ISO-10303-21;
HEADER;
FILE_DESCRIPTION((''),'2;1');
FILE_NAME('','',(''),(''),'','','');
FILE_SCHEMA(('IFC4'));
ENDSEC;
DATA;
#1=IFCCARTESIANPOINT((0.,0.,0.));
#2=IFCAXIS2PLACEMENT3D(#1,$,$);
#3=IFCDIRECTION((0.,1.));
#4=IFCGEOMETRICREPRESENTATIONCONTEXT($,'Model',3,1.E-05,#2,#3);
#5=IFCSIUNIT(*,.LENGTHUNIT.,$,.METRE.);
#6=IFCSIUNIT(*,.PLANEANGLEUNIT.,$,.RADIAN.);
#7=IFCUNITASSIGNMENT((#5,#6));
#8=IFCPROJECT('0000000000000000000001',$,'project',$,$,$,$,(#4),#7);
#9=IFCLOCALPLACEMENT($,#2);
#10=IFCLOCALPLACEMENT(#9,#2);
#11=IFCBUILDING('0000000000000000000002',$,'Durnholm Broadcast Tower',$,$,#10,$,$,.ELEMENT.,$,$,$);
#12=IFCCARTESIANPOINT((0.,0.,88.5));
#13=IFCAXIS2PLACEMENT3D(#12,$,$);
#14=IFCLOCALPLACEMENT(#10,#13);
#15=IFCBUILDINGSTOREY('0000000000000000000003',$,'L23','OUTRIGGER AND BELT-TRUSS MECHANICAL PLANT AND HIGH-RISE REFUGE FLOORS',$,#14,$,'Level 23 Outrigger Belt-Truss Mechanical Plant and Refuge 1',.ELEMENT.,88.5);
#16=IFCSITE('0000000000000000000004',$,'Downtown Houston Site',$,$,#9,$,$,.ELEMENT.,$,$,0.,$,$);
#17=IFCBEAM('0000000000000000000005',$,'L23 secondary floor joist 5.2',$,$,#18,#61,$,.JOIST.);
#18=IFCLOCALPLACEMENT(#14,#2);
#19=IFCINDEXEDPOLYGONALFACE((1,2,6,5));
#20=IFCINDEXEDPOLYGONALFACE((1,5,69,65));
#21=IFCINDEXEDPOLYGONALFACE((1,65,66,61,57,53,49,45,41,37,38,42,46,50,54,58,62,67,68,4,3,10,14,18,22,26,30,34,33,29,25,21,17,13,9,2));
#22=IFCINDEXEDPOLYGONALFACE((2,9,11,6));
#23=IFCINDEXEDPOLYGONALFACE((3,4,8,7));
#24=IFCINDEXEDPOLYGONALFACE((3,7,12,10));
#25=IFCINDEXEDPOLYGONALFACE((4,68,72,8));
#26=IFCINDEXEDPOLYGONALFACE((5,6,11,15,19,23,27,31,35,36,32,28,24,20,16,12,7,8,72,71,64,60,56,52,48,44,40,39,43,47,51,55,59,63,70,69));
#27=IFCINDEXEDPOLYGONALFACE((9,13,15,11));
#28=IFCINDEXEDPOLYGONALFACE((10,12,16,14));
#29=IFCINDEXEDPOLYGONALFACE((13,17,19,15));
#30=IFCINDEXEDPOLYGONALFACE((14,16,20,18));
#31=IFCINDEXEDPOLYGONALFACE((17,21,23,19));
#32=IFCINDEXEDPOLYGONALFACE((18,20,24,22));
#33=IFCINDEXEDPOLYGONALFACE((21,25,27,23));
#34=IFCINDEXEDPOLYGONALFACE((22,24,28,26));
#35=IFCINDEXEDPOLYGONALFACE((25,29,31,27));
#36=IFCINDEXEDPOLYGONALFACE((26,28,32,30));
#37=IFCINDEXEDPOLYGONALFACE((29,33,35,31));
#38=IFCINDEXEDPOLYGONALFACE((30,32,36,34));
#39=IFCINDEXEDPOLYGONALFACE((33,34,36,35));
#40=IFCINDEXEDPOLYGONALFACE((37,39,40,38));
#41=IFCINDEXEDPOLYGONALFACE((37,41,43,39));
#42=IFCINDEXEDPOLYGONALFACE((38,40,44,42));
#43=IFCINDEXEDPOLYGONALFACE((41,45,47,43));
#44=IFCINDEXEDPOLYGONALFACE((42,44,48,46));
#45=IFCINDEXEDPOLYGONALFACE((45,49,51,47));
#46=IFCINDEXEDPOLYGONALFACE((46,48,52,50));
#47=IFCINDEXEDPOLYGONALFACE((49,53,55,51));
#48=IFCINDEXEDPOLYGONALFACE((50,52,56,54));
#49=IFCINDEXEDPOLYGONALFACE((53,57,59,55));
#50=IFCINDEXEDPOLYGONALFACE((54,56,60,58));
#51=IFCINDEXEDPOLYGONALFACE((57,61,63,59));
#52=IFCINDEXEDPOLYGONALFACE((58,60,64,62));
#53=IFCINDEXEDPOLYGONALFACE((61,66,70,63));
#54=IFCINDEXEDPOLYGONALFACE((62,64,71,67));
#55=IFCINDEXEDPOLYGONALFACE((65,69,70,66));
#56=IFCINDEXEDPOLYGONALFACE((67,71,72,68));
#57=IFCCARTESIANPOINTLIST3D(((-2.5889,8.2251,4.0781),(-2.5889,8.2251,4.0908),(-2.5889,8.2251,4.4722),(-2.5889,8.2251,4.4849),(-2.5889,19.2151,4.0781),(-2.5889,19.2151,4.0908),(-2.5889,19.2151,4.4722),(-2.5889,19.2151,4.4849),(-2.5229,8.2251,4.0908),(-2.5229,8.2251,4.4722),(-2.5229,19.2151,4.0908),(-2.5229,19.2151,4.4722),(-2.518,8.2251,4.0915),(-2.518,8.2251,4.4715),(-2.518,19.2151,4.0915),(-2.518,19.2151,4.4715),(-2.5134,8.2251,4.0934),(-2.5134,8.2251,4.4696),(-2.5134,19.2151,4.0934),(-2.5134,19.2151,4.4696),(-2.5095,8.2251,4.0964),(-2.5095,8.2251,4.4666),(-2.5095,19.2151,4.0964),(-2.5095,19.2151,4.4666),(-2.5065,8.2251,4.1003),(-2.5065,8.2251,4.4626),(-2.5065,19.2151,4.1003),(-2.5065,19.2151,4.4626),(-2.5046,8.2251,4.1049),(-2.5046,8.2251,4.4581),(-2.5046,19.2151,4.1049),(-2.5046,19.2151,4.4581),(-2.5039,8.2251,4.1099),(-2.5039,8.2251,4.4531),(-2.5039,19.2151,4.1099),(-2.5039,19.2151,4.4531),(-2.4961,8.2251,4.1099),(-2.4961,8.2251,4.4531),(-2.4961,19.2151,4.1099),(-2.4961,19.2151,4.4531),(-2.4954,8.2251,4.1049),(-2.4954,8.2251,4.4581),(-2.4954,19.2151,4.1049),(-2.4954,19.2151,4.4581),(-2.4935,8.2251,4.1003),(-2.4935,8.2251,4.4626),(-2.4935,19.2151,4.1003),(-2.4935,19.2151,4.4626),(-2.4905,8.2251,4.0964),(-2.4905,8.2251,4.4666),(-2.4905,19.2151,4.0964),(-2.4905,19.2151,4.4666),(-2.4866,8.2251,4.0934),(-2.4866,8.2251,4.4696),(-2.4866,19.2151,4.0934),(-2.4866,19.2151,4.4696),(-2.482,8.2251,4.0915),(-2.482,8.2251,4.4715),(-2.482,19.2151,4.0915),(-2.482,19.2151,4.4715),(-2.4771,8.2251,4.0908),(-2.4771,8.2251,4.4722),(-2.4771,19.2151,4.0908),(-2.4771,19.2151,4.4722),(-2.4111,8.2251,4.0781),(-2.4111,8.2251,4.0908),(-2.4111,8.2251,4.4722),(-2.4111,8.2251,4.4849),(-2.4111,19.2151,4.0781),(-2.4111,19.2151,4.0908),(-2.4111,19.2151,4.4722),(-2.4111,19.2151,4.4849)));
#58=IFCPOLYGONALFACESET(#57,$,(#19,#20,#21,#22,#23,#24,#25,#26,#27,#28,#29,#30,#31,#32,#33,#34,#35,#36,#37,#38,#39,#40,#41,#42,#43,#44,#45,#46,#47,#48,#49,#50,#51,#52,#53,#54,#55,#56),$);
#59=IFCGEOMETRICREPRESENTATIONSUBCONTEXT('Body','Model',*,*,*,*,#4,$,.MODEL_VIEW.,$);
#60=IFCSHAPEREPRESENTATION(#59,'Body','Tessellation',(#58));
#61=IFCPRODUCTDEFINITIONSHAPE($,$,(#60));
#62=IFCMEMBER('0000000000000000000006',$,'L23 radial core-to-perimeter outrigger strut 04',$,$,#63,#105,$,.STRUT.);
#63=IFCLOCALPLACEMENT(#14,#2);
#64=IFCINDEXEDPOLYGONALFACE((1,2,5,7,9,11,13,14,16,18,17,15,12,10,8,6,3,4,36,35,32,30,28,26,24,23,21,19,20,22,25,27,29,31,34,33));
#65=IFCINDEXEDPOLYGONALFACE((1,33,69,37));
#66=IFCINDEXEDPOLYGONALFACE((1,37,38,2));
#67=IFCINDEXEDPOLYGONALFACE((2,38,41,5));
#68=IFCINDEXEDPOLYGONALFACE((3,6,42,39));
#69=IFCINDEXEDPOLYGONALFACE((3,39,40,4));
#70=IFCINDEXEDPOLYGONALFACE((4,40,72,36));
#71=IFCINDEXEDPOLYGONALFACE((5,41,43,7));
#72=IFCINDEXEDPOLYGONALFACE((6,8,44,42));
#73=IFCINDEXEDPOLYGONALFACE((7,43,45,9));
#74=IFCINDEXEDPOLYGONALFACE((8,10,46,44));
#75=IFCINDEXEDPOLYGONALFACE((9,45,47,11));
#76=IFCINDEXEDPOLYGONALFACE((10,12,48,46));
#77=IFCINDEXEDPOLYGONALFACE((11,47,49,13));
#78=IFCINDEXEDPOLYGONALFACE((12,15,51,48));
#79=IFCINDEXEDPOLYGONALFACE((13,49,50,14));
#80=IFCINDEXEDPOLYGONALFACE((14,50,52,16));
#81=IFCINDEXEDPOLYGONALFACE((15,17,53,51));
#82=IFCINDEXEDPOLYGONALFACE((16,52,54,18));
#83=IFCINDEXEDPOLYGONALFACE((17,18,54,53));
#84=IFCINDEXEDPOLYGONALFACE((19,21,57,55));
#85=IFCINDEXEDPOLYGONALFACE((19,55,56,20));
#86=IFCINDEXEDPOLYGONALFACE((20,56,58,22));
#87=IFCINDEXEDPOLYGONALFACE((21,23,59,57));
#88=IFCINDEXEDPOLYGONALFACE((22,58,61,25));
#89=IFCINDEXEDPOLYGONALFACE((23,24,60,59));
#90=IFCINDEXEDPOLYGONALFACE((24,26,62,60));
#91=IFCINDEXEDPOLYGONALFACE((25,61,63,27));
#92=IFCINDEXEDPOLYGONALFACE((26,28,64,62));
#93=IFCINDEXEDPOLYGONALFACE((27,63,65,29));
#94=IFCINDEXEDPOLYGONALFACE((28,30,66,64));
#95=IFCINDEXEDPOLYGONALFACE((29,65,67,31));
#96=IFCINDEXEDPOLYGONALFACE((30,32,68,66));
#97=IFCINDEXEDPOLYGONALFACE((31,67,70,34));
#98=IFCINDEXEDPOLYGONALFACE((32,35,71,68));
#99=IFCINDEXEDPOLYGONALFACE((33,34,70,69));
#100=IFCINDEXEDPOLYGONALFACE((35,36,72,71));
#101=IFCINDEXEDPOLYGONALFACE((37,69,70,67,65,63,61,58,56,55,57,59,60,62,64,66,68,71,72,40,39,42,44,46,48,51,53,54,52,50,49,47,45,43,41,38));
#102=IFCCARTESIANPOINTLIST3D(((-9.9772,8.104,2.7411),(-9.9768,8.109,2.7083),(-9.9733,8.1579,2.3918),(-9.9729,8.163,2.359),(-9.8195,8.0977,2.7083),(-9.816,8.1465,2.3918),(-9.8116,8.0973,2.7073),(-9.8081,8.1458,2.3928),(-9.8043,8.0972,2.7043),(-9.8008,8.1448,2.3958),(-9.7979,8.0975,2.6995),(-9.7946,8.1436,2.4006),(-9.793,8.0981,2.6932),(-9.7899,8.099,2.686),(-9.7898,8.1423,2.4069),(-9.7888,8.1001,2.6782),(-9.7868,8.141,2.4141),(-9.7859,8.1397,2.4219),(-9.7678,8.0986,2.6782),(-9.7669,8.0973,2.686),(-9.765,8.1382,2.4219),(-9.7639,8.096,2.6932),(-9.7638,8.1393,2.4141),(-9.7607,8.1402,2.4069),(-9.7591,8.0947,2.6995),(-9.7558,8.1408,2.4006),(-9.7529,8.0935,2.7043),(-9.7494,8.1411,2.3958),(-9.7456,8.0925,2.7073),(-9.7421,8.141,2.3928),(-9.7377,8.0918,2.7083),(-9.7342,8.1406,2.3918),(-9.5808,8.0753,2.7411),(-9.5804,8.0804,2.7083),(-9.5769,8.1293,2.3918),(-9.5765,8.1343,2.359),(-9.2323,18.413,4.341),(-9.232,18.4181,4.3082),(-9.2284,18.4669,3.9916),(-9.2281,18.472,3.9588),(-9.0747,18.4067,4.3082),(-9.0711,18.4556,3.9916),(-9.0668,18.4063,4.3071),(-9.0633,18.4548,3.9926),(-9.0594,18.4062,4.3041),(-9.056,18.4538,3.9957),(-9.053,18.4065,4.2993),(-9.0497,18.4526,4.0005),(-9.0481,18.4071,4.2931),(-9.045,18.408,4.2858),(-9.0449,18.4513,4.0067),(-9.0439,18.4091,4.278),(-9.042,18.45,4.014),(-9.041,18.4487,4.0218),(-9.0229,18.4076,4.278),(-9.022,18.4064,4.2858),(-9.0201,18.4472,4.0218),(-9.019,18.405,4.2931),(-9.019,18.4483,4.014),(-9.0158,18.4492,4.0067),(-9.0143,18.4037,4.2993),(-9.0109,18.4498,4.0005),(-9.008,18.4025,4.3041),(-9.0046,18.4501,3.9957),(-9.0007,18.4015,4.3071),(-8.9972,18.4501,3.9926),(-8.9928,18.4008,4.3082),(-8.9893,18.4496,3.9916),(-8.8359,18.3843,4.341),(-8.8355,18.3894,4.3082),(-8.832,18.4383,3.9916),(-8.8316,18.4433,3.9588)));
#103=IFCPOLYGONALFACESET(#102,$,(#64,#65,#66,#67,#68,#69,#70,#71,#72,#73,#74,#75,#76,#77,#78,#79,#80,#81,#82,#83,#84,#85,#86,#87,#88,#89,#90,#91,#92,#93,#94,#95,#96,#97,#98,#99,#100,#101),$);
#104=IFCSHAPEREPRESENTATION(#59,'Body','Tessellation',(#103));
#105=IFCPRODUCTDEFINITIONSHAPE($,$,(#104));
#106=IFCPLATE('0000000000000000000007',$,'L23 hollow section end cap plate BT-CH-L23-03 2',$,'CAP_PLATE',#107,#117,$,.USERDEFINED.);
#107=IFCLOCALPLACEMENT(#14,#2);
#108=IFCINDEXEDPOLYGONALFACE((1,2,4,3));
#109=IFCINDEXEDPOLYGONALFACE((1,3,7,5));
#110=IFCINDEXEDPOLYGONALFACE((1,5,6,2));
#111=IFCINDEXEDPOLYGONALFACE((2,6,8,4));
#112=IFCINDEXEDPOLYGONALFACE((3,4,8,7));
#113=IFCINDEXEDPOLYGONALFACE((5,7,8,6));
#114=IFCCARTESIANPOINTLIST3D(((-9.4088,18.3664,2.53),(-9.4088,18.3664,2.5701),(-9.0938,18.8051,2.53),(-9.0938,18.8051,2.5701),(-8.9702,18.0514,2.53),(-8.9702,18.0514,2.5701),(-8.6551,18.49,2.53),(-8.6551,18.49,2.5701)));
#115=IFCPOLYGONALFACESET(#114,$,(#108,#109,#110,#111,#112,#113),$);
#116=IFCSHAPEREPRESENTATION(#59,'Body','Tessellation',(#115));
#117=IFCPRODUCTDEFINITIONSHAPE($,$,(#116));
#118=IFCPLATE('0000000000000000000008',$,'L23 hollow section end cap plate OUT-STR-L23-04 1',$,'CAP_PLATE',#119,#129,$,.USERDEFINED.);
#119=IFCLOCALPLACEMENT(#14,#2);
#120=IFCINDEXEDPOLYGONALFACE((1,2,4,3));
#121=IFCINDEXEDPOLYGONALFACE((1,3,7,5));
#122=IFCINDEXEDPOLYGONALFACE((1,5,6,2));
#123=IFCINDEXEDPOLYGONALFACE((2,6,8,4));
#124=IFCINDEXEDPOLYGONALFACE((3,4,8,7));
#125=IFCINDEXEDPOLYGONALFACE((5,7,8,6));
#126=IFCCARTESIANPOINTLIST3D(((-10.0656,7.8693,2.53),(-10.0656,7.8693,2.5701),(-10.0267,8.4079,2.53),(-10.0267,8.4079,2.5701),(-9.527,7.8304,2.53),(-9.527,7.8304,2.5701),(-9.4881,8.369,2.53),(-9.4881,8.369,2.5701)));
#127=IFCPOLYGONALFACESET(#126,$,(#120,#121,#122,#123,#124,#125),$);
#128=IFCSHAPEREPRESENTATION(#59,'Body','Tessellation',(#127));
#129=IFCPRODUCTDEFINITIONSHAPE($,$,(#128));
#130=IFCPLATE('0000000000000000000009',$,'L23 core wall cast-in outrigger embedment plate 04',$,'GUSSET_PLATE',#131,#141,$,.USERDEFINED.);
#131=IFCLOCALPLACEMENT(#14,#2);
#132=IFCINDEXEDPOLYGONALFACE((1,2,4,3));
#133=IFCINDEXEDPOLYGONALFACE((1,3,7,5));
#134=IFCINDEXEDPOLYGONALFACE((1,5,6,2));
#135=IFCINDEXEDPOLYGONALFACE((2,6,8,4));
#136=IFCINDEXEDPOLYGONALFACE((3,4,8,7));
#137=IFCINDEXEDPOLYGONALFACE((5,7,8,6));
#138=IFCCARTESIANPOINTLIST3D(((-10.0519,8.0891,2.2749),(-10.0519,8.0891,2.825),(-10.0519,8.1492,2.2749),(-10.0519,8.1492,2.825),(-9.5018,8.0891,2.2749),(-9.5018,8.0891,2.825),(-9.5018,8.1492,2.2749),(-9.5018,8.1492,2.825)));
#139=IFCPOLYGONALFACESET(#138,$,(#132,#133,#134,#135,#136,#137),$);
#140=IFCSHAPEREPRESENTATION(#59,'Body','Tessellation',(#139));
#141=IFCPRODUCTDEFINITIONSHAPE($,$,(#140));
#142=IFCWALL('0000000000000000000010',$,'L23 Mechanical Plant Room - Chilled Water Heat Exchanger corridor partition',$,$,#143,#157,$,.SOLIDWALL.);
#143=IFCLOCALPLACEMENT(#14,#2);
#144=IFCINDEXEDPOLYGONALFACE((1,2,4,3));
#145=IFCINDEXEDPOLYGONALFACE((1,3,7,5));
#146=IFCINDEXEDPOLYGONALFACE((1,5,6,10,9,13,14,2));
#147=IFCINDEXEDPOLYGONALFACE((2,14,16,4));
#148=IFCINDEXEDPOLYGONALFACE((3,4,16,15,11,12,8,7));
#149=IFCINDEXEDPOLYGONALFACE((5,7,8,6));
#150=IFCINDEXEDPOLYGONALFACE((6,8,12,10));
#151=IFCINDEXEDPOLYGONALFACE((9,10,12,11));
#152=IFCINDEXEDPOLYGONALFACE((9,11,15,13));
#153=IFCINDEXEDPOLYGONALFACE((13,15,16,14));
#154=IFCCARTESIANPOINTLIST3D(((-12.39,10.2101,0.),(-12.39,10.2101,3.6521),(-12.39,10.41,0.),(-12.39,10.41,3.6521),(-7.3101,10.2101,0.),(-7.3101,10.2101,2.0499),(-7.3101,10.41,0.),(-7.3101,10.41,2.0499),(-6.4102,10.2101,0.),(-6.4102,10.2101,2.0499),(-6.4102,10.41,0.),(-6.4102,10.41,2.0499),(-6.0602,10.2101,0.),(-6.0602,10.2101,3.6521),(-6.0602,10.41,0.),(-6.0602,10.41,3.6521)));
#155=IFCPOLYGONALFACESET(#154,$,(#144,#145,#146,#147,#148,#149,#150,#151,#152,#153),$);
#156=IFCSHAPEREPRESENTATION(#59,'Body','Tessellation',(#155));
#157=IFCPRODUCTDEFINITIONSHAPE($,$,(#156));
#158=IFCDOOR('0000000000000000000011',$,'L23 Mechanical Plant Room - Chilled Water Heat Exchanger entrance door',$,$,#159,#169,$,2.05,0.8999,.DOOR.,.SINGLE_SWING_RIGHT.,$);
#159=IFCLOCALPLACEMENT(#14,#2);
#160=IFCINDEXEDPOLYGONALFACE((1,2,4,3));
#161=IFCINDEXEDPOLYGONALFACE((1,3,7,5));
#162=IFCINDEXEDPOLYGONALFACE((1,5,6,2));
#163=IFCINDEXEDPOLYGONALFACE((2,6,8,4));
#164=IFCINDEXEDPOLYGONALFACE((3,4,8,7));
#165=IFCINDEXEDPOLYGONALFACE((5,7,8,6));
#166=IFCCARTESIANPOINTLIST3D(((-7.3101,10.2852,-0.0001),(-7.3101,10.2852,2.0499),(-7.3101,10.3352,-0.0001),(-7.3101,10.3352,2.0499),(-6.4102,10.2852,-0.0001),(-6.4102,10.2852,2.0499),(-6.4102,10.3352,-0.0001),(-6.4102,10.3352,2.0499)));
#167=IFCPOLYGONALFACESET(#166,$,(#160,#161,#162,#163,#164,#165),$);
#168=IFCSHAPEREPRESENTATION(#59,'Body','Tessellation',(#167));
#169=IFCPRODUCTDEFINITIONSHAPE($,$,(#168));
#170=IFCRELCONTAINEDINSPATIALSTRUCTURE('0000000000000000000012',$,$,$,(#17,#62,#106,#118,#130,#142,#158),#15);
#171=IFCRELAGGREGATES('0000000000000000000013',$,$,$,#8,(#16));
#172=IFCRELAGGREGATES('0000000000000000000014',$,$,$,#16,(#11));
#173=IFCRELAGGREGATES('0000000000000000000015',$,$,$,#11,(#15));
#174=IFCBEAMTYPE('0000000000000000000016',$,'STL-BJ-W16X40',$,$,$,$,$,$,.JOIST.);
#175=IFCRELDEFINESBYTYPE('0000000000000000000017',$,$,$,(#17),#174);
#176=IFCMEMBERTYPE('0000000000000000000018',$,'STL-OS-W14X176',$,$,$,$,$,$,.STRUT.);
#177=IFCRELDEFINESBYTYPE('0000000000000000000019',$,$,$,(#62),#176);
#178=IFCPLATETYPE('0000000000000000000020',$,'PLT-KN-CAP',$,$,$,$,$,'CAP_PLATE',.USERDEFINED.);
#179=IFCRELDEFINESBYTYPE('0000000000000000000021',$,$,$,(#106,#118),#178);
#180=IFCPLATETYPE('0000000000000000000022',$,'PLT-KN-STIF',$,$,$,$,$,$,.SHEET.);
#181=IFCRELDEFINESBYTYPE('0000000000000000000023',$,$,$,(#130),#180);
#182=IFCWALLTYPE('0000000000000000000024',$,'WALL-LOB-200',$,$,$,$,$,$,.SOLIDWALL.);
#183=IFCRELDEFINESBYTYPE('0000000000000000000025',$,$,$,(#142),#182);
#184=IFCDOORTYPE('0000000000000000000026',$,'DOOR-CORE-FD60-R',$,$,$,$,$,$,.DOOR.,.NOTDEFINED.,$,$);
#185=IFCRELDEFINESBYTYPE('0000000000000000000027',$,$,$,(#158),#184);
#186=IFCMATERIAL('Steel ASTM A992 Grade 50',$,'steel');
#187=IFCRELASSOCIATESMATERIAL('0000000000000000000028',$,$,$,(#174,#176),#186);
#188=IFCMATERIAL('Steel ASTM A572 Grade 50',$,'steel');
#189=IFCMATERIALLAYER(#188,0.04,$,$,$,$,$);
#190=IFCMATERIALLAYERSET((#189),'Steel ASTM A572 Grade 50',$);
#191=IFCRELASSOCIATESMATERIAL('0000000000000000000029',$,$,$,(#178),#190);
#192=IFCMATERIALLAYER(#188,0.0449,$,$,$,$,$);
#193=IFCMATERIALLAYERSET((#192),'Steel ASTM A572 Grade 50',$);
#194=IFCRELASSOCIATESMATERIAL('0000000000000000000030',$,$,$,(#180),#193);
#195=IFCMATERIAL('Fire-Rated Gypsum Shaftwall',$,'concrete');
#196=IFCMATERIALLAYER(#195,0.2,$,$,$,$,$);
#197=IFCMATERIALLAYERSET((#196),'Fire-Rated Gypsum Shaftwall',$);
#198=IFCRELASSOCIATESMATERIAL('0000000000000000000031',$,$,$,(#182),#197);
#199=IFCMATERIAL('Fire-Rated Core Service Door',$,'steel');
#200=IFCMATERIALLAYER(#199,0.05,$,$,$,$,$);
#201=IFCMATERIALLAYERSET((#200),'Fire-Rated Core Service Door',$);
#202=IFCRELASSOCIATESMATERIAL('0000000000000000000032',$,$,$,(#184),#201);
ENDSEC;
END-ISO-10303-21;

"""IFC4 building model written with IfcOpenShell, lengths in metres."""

from ifc_helpers import new_model, si_unit, direction, frame, frame_2d, origin, origin_2d, place, context, subcontext, project, spatial, rectangle, i_section, extrude, source, transform, mapped, material, layer, layer_set, material_profile, profile_set, type_object, type_shapes, element, fill, save


model = new_model("IFC4")

# Units and contexts
model_context = context("Model", 3, precision=1e-05, world=origin(), true_north=direction((0.0, 1.0)))
body_context = subcontext(model_context, "Body", "Model", "MODEL_VIEW")
ifc_project = project(units=[si_unit("LENGTHUNIT", "METRE"), si_unit("PLANEANGLEUNIT", "RADIAN")], contexts=[model_context])

# Site, building, storey
site_placement = place(None, origin())
site = spatial("IfcSite", under=ifc_project, at=site_placement, Name="Downtown Houston Site", CompositionType="ELEMENT", RefElevation=0.0)
building_placement = place(site_placement, origin())
building = spatial("IfcBuilding", under=site, at=building_placement, Name="Durnholm Broadcast Tower", CompositionType="ELEMENT")
storey_placement = place(building_placement, frame((0.0, 0.0, 88.5)))
storey = spatial("IfcBuildingStorey", under=building, at=storey_placement, Name="L23", Description="OUTRIGGER AND BELT-TRUSS MECHANICAL PLANT AND HIGH-RISE REFUGE FLOORS", LongName="Level 23 Outrigger Belt-Truss Mechanical Plant and Refuge 1", CompositionType="ELEMENT", Elevation=88.5)

# Beam
ifc_material_1 = material(Name="Steel ASTM A992 Grade 50", Category="steel")
ifc_material_profile_1 = material_profile(ifc_material_1, i_section(OverallWidth=0.1777, OverallDepth=0.4067, WebThickness=0.0078, FlangeThickness=0.0127, FilletRadius=0.019, at=origin_2d()), Name="W16X40")
ifc_profile_set_1 = profile_set([ifc_material_profile_1], Name="Steel ASTM A992 Grade 50")
beam_type_1 = type_object("IfcBeamType", Name="STL-BJ-W16X40", PredefinedType="JOIST", material=ifc_profile_set_1)
shared_shape_1 = source(origin(), body_context, "Body", "SweptSolid", [
    extrude(i_section(OverallWidth=0.1777, OverallDepth=0.4067, WebThickness=0.0078, FlangeThickness=0.0127, FilletRadius=0.019, at=origin_2d()), origin(), (0.0, 0.0, 1.0), 10.99),
])
type_shapes(beam_type_1, [shared_shape_1])
beam_1_placement = place(storey_placement, frame((-2.5, 8.2251, 4.2815), z_axis=(0.0, 1.0, 0.0), x_axis=(-1.0, 0.0, 0.0)))
element("IfcBeam", 1, at=beam_1_placement, inside=storey, type_object=beam_type_1, Name="L23 secondary floor joist 5.2", PredefinedType="JOIST", context=body_context, shape_type="MappedRepresentation", body=[
    mapped(shared_shape_1, transform((0.0, 0.0, 0.0), x_axis=(1.0, 0.0, 0.0), y_axis=(0.0, 1.0, 0.0), z_axis=(0.0, 0.0, 1.0), scale=1.0)),
])

# Member
ifc_material_profile_2 = material_profile(ifc_material_1, i_section(OverallWidth=0.3975, OverallDepth=0.3867, WebThickness=0.021, FlangeThickness=0.0332, FilletRadius=0.0305, at=origin_2d()), Name="W14X176")
ifc_profile_set_2 = profile_set([ifc_material_profile_2], Name="Steel ASTM A992 Grade 50")
member_type = type_object("IfcMemberType", Name="STL-OS-W14X176", PredefinedType="STRUT", material=ifc_profile_set_2)
shared_shape_2 = source(origin(), body_context, "Body", "SweptSolid", [
    extrude(i_section(OverallWidth=0.3975, OverallDepth=0.3867, WebThickness=0.021, FlangeThickness=0.0332, FilletRadius=0.0305, at=origin_2d()), origin(), (0.0, 0.0, 1.0), 10.459),
])
type_shapes(member_type, [shared_shape_2])
member_placement = place(storey_placement, frame((-9.7769, 8.1191, 2.55), z_axis=(0.071218, 0.985662, 0.152964), x_axis=(-0.9974, 0.072066, 0.0)))
element("IfcMember", 2, at=member_placement, inside=storey, type_object=member_type, Name="L23 radial core-to-perimeter outrigger strut 04", PredefinedType="STRUT", context=body_context, shape_type="MappedRepresentation", body=[
    mapped(shared_shape_2, transform((0.0, 0.0, 0.0), x_axis=(1.0, 0.0, 0.0), y_axis=(0.0, 1.0, 0.0), z_axis=(0.0, 0.0, 1.0), scale=1.0)),
])

# Plates
ifc_material_2 = material(Name="Steel ASTM A572 Grade 50", Category="steel")
ifc_layer_1 = layer(ifc_material_2, 0.04)
ifc_layer_set_1 = layer_set([ifc_layer_1], Name="Steel ASTM A572 Grade 50")
plate_type_1 = type_object("IfcPlateType", Name="PLT-KN-CAP", ElementType="CAP_PLATE", PredefinedType="USERDEFINED", material=ifc_layer_set_1)
shared_shape_3 = source(origin(), body_context, "Body", "SweptSolid", [
    extrude(rectangle(XDim=0.54, YDim=0.54, at=origin_2d()), origin(), (0.0, 0.0, 1.0), 0.04),
])
type_shapes(plate_type_1, [shared_shape_3])
for number, where, z_axis, x_axis, name in (
    (3, (-9.032, 18.4282, 2.53), (0.0, 0.0, 1.0), (0.583399, 0.812185, 0.0), "L23 hollow section end cap plate BT-CH-L23-03 2"),
    (4, (-9.7769, 8.1191, 2.53), (0.0, 0.0, 1.0), (0.07202, 0.997403, 0.0), "L23 hollow section end cap plate OUT-STR-L23-04 1"),
):
    element("IfcPlate", number, at=place(storey_placement, frame(where, z_axis=z_axis, x_axis=x_axis)), inside=storey, type_object=plate_type_1, Name=name, ObjectType="CAP_PLATE", PredefinedType="USERDEFINED", context=body_context, shape_type="MappedRepresentation", body=[
        mapped(shared_shape_3, transform((0.0, 0.0, 0.0), x_axis=(1.0, 0.0, 0.0), y_axis=(0.0, 1.0, 0.0), z_axis=(0.0, 0.0, 1.0), scale=1.0)),
    ])
ifc_layer_2 = layer(ifc_material_2, 0.0449)
ifc_layer_set_2 = layer_set([ifc_layer_2], Name="Steel ASTM A572 Grade 50")
plate_type_2 = type_object("IfcPlateType", Name="PLT-KN-STIF", PredefinedType="SHEET", material=ifc_layer_set_2)
shared_shape_4 = source(origin(), body_context, "Body", "SweptSolid", [
    extrude(rectangle(XDim=0.55, YDim=0.0601, at=origin_2d()), origin(), (0.0, 0.0, 1.0), 0.55),
])
type_shapes(plate_type_2, [shared_shape_4])
plate_placement = place(storey_placement, frame((-9.7769, 8.1191, 2.2749), z_axis=(0.0, 0.0, 1.0), x_axis=(1.0, 0.0, 0.0)))
element("IfcPlate", 5, at=plate_placement, inside=storey, type_object=plate_type_2, Name="L23 core wall cast-in outrigger embedment plate 04", ObjectType="GUSSET_PLATE", PredefinedType="USERDEFINED", context=body_context, shape_type="MappedRepresentation", body=[
    mapped(shared_shape_4, transform((0.0, 0.0, 0.0), x_axis=(1.0, 0.0, 0.0), y_axis=(0.0, 1.0, 0.0), z_axis=(0.0, 0.0, 1.0), scale=1.0)),
])

# Wall, opening, door
ifc_material_3 = material(Name="Fire-Rated Gypsum Shaftwall", Category="concrete")
ifc_layer_3 = layer(ifc_material_3, 0.2)
ifc_layer_set_3 = layer_set([ifc_layer_3], Name="Fire-Rated Gypsum Shaftwall")
wall_type_1 = type_object("IfcWallType", Name="WALL-LOB-200", PredefinedType="SOLIDWALL", material=ifc_layer_set_3)
wall_1_placement = place(storey_placement, frame((-6.0601, 10.3101, 0.0), z_axis=(0.0, 0.0, 1.0), x_axis=(-1.0, 0.0, 0.0)))
wall_1 = element("IfcWall", 6, at=wall_1_placement, inside=storey, type_object=wall_type_1, Name="L23 Mechanical Plant Room - Chilled Water Heat Exchanger corridor partition", PredefinedType="SOLIDWALL", context=body_context, shape_type="SweptSolid", body=[
    extrude(rectangle(XDim=6.3298, YDim=0.2, at=frame_2d((3.165, 0.0))), origin(), (0.0, 0.0, 1.0), 3.6521),
])
opening_1_placement = place(wall_1_placement, frame((0.3501, 0.0, 0.0)))
opening_1 = element("IfcOpeningElement", 7, at=opening_1_placement, cuts=wall_1, PredefinedType="OPENING", context=body_context, shape_type="SweptSolid", body=[
    extrude(rectangle(XDim=0.8999, YDim=2.05, at=frame_2d((0.45, 1.0249))), frame((0.0, 0.1099, 0.0), z_axis=(0.0, -1.0, 0.0), x_axis=(1.0, 0.0, 0.0)), (0.0, 0.0, 1.0), 0.22),
])
ifc_material_4 = material(Name="Fire-Rated Core Service Door", Category="steel")
ifc_layer_4 = layer(ifc_material_4, 0.05)
ifc_layer_set_4 = layer_set([ifc_layer_4], Name="Fire-Rated Core Service Door")
door_type_1 = type_object("IfcDoorType", Name="DOOR-CORE-FD60-R", OperationType="NOTDEFINED", PredefinedType="DOOR", material=ifc_layer_set_4)
shared_shape_5 = source(origin(), body_context, "Body", "SweptSolid", [
    extrude(rectangle(XDim=0.8999, YDim=2.05, at=frame_2d((0.45, 1.0249))), frame((0.0, 0.0249, 0.0), z_axis=(0.0, -1.0, 0.0), x_axis=(1.0, 0.0, 0.0)), (0.0, 0.0, 1.0), 0.05),
])
type_shapes(door_type_1, [shared_shape_5])
door_1_placement = place(opening_1_placement, origin())
door_1 = element("IfcDoor", 8, at=door_1_placement, inside=storey, type_object=door_type_1, Name="L23 Mechanical Plant Room - Chilled Water Heat Exchanger entrance door", OperationType="SINGLE_SWING_RIGHT", OverallHeight=2.05, OverallWidth=0.8999, PredefinedType="DOOR", context=body_context, shape_type="MappedRepresentation", body=[
    mapped(shared_shape_5, transform((0.0, 0.0, 0.0), x_axis=(1.0, 0.0, 0.0), y_axis=(0.0, 1.0, 0.0), z_axis=(0.0, 0.0, 1.0), scale=1.0)),
])
fill(opening_1, door_1)

save(model, "model.ifc")
